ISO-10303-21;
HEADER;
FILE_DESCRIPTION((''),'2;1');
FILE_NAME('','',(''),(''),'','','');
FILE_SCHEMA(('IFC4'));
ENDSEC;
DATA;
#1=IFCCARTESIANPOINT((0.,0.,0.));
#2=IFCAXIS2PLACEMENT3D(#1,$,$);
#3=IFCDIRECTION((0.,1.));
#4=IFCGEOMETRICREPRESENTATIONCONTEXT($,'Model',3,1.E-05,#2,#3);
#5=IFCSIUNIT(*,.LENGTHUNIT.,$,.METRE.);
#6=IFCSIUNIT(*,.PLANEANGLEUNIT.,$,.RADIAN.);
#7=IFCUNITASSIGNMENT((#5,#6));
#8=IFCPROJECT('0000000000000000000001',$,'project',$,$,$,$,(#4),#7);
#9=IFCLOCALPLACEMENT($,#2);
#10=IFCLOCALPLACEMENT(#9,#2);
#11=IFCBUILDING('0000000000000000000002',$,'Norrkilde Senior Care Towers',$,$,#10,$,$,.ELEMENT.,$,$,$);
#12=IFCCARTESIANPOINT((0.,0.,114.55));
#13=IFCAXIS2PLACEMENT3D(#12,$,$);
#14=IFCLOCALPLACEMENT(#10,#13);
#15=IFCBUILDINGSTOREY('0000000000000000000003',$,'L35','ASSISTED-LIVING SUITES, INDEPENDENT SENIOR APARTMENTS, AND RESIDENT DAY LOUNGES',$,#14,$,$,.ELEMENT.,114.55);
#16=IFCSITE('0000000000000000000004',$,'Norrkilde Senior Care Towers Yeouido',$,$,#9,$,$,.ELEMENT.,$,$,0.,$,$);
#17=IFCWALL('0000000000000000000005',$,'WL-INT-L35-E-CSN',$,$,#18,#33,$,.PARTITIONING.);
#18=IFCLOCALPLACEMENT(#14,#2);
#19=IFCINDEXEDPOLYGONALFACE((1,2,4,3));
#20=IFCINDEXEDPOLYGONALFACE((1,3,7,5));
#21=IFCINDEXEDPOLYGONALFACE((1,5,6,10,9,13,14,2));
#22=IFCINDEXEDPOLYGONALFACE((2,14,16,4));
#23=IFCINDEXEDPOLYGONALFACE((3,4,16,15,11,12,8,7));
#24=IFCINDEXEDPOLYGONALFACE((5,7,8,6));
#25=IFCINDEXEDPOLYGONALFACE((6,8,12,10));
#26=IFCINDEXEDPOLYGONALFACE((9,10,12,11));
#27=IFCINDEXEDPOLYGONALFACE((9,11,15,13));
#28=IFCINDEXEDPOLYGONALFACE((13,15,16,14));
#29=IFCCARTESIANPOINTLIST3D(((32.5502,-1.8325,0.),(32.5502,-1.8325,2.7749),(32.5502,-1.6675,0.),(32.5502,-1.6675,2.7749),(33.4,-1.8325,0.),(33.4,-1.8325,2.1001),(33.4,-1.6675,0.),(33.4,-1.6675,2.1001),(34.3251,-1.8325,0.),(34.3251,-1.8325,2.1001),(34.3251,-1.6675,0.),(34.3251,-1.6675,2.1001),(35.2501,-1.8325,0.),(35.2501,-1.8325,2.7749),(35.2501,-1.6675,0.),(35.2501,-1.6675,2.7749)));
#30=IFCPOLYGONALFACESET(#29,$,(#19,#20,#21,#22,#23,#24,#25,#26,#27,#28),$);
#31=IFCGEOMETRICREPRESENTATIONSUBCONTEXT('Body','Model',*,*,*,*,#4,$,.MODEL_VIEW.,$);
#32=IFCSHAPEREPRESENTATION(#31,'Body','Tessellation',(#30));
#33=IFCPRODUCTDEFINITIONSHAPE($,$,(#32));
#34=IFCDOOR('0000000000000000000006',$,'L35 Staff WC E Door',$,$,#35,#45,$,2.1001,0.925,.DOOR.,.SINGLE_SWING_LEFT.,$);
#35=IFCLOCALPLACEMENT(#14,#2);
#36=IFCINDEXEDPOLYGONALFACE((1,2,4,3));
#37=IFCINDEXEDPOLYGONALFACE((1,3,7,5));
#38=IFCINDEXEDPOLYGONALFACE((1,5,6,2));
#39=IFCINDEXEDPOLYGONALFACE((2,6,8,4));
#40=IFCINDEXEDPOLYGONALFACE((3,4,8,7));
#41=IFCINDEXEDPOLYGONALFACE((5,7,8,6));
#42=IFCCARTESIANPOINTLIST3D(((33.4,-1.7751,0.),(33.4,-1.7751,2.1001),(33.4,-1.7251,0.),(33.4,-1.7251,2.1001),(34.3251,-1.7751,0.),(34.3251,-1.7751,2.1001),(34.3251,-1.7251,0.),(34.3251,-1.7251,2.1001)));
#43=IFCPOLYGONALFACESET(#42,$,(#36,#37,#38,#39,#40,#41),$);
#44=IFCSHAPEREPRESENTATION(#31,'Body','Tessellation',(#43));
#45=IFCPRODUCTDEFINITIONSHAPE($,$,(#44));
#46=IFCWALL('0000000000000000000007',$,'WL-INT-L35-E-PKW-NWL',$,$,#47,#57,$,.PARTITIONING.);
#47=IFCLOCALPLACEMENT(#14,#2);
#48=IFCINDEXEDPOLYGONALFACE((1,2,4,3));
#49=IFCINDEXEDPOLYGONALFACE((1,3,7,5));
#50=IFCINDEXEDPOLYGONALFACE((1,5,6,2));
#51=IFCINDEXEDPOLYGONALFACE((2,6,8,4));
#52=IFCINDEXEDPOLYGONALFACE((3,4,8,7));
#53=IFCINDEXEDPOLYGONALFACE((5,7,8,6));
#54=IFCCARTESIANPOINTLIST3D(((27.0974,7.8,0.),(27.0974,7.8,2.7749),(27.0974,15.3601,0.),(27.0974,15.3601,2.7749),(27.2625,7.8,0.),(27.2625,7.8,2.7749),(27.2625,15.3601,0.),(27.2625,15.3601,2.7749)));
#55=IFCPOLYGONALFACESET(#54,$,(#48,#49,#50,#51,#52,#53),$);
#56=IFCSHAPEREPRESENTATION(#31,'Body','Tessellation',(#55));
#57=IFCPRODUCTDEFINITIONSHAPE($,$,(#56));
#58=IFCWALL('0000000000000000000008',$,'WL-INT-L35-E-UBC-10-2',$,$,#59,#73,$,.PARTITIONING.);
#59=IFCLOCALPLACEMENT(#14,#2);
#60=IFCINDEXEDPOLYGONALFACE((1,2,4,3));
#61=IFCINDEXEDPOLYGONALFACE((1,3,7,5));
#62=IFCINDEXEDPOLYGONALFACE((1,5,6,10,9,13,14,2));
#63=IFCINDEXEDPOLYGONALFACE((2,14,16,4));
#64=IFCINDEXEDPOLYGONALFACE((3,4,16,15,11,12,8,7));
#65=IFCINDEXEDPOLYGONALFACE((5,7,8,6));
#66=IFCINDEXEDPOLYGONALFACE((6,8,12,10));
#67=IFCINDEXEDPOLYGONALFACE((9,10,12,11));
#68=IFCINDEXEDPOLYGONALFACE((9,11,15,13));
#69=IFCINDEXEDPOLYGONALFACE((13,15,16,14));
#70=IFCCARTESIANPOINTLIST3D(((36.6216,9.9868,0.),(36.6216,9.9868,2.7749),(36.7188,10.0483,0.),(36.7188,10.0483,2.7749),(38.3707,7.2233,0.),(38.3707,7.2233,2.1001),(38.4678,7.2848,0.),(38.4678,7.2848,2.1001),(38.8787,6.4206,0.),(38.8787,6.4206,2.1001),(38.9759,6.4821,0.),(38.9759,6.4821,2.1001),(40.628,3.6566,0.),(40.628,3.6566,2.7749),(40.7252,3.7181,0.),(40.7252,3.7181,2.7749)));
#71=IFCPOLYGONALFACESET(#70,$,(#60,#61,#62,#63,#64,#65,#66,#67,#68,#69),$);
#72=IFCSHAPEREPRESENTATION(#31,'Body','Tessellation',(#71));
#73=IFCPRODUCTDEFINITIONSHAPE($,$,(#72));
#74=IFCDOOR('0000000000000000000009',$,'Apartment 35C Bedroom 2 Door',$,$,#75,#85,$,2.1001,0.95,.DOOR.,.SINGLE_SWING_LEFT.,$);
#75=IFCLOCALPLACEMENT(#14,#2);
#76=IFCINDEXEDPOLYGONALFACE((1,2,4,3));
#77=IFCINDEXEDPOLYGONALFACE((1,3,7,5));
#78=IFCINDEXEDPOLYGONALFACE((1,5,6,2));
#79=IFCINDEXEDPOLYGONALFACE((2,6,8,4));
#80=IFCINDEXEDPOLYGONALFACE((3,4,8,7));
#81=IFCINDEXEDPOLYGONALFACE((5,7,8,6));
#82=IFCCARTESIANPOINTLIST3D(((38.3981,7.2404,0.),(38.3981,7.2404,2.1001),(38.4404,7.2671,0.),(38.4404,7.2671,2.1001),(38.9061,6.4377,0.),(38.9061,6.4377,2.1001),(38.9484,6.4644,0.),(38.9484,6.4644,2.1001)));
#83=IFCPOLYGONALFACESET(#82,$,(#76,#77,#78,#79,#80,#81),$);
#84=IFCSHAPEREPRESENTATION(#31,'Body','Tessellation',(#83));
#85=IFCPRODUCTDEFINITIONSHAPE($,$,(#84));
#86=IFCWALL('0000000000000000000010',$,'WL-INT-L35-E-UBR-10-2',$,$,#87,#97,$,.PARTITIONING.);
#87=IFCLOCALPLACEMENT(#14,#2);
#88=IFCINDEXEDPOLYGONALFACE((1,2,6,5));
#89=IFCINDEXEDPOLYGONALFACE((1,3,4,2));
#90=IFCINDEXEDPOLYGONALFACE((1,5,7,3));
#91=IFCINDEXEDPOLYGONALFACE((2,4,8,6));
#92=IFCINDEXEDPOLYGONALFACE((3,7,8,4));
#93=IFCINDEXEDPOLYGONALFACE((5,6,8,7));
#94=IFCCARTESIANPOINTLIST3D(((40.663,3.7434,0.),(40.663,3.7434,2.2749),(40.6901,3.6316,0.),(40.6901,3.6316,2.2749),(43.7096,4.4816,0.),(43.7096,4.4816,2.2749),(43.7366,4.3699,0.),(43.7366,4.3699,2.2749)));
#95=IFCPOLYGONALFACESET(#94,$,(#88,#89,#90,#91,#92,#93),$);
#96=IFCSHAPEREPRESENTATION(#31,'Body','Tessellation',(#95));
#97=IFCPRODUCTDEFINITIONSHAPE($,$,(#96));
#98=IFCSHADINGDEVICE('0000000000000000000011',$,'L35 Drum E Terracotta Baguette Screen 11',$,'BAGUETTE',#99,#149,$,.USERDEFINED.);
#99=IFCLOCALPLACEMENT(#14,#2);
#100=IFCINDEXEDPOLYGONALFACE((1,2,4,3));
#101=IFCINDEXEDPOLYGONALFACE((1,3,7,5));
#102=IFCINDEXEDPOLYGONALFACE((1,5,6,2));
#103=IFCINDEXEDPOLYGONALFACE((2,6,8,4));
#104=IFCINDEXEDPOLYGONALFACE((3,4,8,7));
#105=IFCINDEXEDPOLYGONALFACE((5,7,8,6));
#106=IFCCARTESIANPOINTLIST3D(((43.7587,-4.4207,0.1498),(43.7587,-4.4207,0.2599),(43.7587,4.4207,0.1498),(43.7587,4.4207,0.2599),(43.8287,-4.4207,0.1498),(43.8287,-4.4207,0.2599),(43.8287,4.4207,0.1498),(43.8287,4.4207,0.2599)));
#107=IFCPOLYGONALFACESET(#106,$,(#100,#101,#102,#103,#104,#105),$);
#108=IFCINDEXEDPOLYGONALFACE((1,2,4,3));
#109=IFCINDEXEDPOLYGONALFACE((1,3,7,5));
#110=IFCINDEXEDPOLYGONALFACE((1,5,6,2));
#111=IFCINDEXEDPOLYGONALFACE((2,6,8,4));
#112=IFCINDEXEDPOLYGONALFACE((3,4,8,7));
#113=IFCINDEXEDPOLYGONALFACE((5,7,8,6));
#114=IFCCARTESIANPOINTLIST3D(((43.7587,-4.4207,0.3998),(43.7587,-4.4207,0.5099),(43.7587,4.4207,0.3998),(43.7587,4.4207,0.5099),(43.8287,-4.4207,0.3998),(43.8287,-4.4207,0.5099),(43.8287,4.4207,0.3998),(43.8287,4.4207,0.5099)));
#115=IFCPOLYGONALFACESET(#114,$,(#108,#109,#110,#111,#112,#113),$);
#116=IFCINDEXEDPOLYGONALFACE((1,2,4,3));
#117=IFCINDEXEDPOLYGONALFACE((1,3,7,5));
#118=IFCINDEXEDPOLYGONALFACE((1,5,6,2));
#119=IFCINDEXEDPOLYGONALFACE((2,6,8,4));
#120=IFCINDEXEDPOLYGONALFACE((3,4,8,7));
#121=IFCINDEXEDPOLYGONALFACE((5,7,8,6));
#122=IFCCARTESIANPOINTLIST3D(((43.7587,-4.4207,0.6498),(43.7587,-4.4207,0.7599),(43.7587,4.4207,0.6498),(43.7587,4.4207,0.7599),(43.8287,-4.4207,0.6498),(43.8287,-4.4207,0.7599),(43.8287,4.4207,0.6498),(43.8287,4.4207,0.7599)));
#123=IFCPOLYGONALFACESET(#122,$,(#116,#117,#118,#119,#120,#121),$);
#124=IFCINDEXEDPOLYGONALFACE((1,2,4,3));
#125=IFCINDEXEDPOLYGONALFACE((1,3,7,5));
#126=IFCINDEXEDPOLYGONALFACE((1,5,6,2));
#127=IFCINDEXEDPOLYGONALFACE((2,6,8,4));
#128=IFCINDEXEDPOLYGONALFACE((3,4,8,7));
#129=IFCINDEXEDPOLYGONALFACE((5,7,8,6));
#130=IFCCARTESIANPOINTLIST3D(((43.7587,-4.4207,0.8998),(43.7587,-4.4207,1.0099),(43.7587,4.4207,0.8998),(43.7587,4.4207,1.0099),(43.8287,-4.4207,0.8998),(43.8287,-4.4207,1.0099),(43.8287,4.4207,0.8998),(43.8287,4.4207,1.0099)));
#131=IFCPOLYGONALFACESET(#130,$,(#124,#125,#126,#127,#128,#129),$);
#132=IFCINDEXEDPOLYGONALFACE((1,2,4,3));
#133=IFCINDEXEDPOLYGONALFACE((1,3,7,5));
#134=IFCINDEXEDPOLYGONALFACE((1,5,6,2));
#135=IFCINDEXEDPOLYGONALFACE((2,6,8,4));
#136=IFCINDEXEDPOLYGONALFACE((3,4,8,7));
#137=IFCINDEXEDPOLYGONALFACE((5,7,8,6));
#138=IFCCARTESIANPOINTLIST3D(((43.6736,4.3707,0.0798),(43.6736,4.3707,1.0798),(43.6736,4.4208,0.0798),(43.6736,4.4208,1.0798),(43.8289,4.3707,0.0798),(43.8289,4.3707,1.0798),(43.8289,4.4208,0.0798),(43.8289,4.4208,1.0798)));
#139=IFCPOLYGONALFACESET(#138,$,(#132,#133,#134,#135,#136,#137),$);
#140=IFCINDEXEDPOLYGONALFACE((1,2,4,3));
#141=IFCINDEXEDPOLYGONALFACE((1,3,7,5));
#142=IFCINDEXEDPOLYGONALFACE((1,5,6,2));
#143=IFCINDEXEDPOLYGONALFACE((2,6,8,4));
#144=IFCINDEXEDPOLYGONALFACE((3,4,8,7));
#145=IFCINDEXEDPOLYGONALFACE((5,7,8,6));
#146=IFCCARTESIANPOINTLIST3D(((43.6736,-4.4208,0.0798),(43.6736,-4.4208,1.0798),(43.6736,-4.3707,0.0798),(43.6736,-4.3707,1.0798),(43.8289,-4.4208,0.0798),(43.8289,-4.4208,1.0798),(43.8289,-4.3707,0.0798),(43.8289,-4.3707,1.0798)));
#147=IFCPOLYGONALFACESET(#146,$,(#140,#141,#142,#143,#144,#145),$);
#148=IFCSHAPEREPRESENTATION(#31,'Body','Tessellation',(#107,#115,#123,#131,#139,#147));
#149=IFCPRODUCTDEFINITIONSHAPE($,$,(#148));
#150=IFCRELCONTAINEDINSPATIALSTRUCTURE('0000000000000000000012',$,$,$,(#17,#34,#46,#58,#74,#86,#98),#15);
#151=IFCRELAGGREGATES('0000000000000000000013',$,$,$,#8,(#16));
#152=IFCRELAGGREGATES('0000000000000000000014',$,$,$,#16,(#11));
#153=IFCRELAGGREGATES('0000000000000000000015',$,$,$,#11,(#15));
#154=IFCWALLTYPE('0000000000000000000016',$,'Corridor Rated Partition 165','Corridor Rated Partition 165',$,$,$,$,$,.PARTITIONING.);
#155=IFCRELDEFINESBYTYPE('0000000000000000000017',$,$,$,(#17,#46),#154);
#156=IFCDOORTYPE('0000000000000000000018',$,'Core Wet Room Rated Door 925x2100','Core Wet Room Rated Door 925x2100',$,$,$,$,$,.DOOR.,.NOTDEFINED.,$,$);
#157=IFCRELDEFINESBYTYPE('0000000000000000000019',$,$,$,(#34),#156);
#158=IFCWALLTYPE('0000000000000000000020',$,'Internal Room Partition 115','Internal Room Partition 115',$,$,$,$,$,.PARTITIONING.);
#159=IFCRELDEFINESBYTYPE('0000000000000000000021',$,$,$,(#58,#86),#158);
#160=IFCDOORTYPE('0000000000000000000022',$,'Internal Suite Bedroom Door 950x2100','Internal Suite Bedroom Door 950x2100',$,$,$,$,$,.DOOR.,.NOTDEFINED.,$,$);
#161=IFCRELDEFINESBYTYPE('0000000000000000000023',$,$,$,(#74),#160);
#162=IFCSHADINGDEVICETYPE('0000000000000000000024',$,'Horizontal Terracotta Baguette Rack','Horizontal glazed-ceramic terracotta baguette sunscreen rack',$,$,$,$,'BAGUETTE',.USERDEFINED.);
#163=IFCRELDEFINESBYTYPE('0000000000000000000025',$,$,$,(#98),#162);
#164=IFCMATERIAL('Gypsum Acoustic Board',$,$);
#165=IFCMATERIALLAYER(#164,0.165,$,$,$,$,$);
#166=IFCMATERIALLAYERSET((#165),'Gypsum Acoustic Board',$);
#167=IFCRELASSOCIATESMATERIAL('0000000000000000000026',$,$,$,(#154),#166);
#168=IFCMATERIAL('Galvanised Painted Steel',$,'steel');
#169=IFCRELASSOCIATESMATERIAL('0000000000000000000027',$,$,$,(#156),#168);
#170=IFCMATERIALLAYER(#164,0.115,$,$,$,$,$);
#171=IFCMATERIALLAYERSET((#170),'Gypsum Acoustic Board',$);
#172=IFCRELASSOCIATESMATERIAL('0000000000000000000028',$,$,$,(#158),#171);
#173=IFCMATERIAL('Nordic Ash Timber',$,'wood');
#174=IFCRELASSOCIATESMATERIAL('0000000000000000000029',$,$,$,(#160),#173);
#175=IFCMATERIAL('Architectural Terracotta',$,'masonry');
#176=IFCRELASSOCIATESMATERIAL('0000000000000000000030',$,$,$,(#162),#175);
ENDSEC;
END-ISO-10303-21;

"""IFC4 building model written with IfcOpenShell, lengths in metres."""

from ifc_helpers import new_model, si_unit, direction, frame, frame_2d, origin, origin_2d, place, context, subcontext, project, spatial, rectangle, extrude, source, transform, mapped, material, layer, layer_set, type_object, type_shapes, element, fill, save


model = new_model("IFC4")

# Units and contexts
model_context = context("Model", 3, precision=1e-05, world=origin(), true_north=direction((0.0, 1.0)))
body_context = subcontext(model_context, "Body", "Model", "MODEL_VIEW")
ifc_project = project(units=[si_unit("LENGTHUNIT", "METRE"), si_unit("PLANEANGLEUNIT", "RADIAN")], contexts=[model_context])

# Site, building, storey
site_placement = place(None, origin())
site = spatial("IfcSite", under=ifc_project, at=site_placement, Name="Norrkilde Senior Care Towers Yeouido", CompositionType="ELEMENT", RefElevation=0.0)
building_placement = place(site_placement, origin())
building = spatial("IfcBuilding", under=site, at=building_placement, Name="Norrkilde Senior Care Towers", CompositionType="ELEMENT")
storey_placement = place(building_placement, frame((0.0, 0.0, 114.55)))
storey = spatial("IfcBuildingStorey", under=building, at=storey_placement, Name="L35", Description="ASSISTED-LIVING SUITES, INDEPENDENT SENIOR APARTMENTS, AND RESIDENT DAY LOUNGES", CompositionType="ELEMENT", Elevation=114.55)

# Shared definitions
ifc_material_1 = material(Name="Galvanised Painted Steel", Category="steel")

# Wall, opening, door
ifc_material_2 = material(Name="Gypsum Acoustic Board")
ifc_layer_1 = layer(ifc_material_2, 0.165)
ifc_layer_set_1 = layer_set([ifc_layer_1], Name="Gypsum Acoustic Board")
wall_type_1 = type_object("IfcWallType", Name="Corridor Rated Partition 165", Description="Corridor Rated Partition 165", PredefinedType="PARTITIONING", material=ifc_layer_set_1)
shared_shape_1 = source(origin(), body_context, "Body", "SweptSolid", [
    extrude(rectangle(XDim=2.7, YDim=0.165, at=frame_2d((1.3501, 0.0))), origin(), (0.0, 0.0, 1.0), 2.7749),
])
wall_1_placement = place(storey_placement, frame((32.55, -1.75, 0.0), z_axis=(0.0, 0.0, 1.0), x_axis=(1.0, 0.0, 0.0)))
wall_1 = element("IfcWall", 1, at=wall_1_placement, inside=storey, type_object=wall_type_1, Name="WL-INT-L35-E-CSN", PredefinedType="PARTITIONING", context=body_context, shape_type="MappedRepresentation", body=[
    mapped(shared_shape_1, transform((0.0, 0.0, 0.0), x_axis=(1.0, 0.0, 0.0), y_axis=(0.0, 1.0, 0.0), z_axis=(0.0, 0.0, 1.0), scale=1.0)),
])
opening_1_placement = place(wall_1_placement, frame((0.8501, 0.0, 0.0)))
opening_1 = element("IfcOpeningElement", 2, at=opening_1_placement, cuts=wall_1, PredefinedType="OPENING", context=body_context, shape_type="SweptSolid", body=[
    extrude(rectangle(XDim=0.925, YDim=2.1001, at=frame_2d((0.4624, 1.05))), frame((0.0, 0.0925, 0.0), z_axis=(0.0, -1.0, 0.0), x_axis=(1.0, 0.0, 0.0)), (0.0, 0.0, 1.0), 0.1851),
])
door_type_1 = type_object("IfcDoorType", Name="Core Wet Room Rated Door 925x2100", Description="Core Wet Room Rated Door 925x2100", OperationType="NOTDEFINED", PredefinedType="DOOR", material=ifc_material_1)
shared_shape_2 = source(origin(), body_context, "Body", "SweptSolid", [
    extrude(rectangle(XDim=0.925, YDim=2.1001, at=frame_2d((0.4624, 1.05))), frame((0.0, 0.0249, 0.0), z_axis=(0.0, -1.0, 0.0), x_axis=(1.0, 0.0, 0.0)), (0.0, 0.0, 1.0), 0.05),
])
type_shapes(door_type_1, [shared_shape_2])
door_1_placement = place(opening_1_placement, origin())
door_1 = element("IfcDoor", 3, at=door_1_placement, inside=storey, type_object=door_type_1, Name="L35 Staff WC E Door", OperationType="SINGLE_SWING_LEFT", OverallHeight=2.1001, OverallWidth=0.925, PredefinedType="DOOR", context=body_context, shape_type="MappedRepresentation", body=[
    mapped(shared_shape_2, transform((0.0, 0.0, 0.0), x_axis=(1.0, 0.0, 0.0), y_axis=(0.0, 1.0, 0.0), z_axis=(0.0, 0.0, 1.0), scale=1.0)),
])
fill(opening_1, door_1)

# Wall
shared_shape_3 = source(origin(), body_context, "Body", "SweptSolid", [
    extrude(rectangle(XDim=7.5601, YDim=0.165, at=frame_2d((3.78, 0.0))), origin(), (0.0, 0.0, 1.0), 2.7749),
])
type_shapes(wall_type_1, [shared_shape_1, shared_shape_3])
wall_2_placement = place(storey_placement, frame((27.1799, 7.8, 0.0), z_axis=(0.0, 0.0, 1.0), x_axis=(0.0, 1.0, 0.0)))
element("IfcWall", 4, at=wall_2_placement, inside=storey, type_object=wall_type_1, Name="WL-INT-L35-E-PKW-NWL", PredefinedType="PARTITIONING", context=body_context, shape_type="MappedRepresentation", body=[
    mapped(shared_shape_3, transform((0.0, 0.0, 0.0), x_axis=(1.0, 0.0, 0.0), y_axis=(0.0, 1.0, 0.0), z_axis=(0.0, 0.0, 1.0), scale=1.0)),
])

# Wall, opening, door
ifc_layer_2 = layer(ifc_material_2, 0.115)
ifc_layer_set_2 = layer_set([ifc_layer_2], Name="Gypsum Acoustic Board")
wall_type_2 = type_object("IfcWallType", Name="Internal Room Partition 115", Description="Internal Room Partition 115", PredefinedType="PARTITIONING", material=ifc_layer_set_2)
shared_shape_4 = source(origin(), body_context, "Body", "SweptSolid", [
    extrude(rectangle(XDim=7.4915, YDim=0.115, at=frame_2d((3.7456, 0.0))), origin(), (0.0, 0.0, 1.0), 2.7749),
])
wall_3_placement = place(storey_placement, frame((40.6765, 3.6875, 0.0), z_axis=(0.0, 0.0, 1.0), x_axis=(-0.534795, 0.844982, 0.0)))
wall_3 = element("IfcWall", 5, at=wall_3_placement, inside=storey, type_object=wall_type_2, Name="WL-INT-L35-E-UBC-10-2", PredefinedType="PARTITIONING", context=body_context, shape_type="MappedRepresentation", body=[
    mapped(shared_shape_4, transform((0.0, 0.0, 0.0), x_axis=(1.0, 0.0, 0.0), y_axis=(0.0, 1.0, 0.0), z_axis=(0.0, 0.0, 1.0), scale=1.0)),
])
opening_2_placement = place(wall_3_placement, frame((3.2708, 0.0, 0.0)))
opening_2 = element("IfcOpeningElement", 6, at=opening_2_placement, cuts=wall_3, PredefinedType="OPENING", context=body_context, shape_type="SweptSolid", body=[
    extrude(rectangle(XDim=0.95, YDim=2.1001, at=frame_2d((0.4751, 1.05))), frame((0.0, 0.0674, 0.0), z_axis=(0.0, -1.0, 0.0), x_axis=(1.0, 0.0, 0.0)), (0.0, 0.0, 1.0), 0.135),
])
ifc_material_3 = material(Name="Nordic Ash Timber", Category="wood")
door_type_2 = type_object("IfcDoorType", Name="Internal Suite Bedroom Door 950x2100", Description="Internal Suite Bedroom Door 950x2100", OperationType="NOTDEFINED", PredefinedType="DOOR", material=ifc_material_3)
shared_shape_5 = source(origin(), body_context, "Body", "SweptSolid", [
    extrude(rectangle(XDim=0.95, YDim=2.1001, at=frame_2d((0.4751, 1.05))), frame((0.0, 0.0249, 0.0), z_axis=(0.0, -1.0, 0.0), x_axis=(1.0, 0.0, 0.0)), (0.0, 0.0, 1.0), 0.05),
])
type_shapes(door_type_2, [shared_shape_5])
door_2_placement = place(opening_2_placement, frame((0.95, 0.0, 0.0), z_axis=(0.0, 0.0, 1.0), x_axis=(-1.0, 0.0, 0.0)))
door_2 = element("IfcDoor", 7, at=door_2_placement, inside=storey, type_object=door_type_2, Name="Apartment 35C Bedroom 2 Door", OperationType="SINGLE_SWING_LEFT", OverallHeight=2.1001, OverallWidth=0.95, PredefinedType="DOOR", context=body_context, shape_type="MappedRepresentation", body=[
    mapped(shared_shape_5, transform((0.0, 0.0, 0.0), x_axis=(1.0, 0.0, 0.0), y_axis=(0.0, 1.0, 0.0), z_axis=(0.0, 0.0, 1.0), scale=1.0)),
])
fill(opening_2, door_2)

# Wall
shared_shape_6 = source(origin(), body_context, "Body", "SweptSolid", [
    extrude(rectangle(XDim=3.1348, YDim=0.115, at=frame_2d((1.5674, 0.0))), origin(), (0.0, 0.0, 1.0), 2.2749),
])
type_shapes(wall_type_2, [shared_shape_4, shared_shape_6])
wall_4_placement = place(storey_placement, frame((40.6765, 3.6875, 0.0), z_axis=(0.0, 0.0, 1.0), x_axis=(0.971872, 0.235511, 0.0)))
element("IfcWall", 8, at=wall_4_placement, inside=storey, type_object=wall_type_2, Name="WL-INT-L35-E-UBR-10-2", PredefinedType="PARTITIONING", context=body_context, shape_type="MappedRepresentation", body=[
    mapped(shared_shape_6, transform((0.0, 0.0, 0.0), x_axis=(1.0, 0.0, 0.0), y_axis=(0.0, 1.0, 0.0), z_axis=(0.0, 0.0, 1.0), scale=1.0)),
])

# Shading device
ifc_material_4 = material(Name="Architectural Terracotta", Category="masonry")
shading_device_type = type_object("IfcShadingDeviceType", Name="Horizontal Terracotta Baguette Rack", Description="Horizontal glazed-ceramic terracotta baguette sunscreen rack", ElementType="BAGUETTE", PredefinedType="USERDEFINED", material=ifc_material_4)
shared_shape_7 = source(origin(), body_context, "Body", "SweptSolid", [
    extrude(rectangle(XDim=0.0701, YDim=0.1101, at=origin_2d()), frame((0.0, 0.0901, 0.125), z_axis=(1.0, 0.0, 0.0), x_axis=(0.0, 1.0, 0.0)), (0.0, 0.0, 1.0), 8.8413),
    extrude(rectangle(XDim=0.0701, YDim=0.1101, at=origin_2d()), frame((0.0, 0.0901, 0.375), z_axis=(1.0, 0.0, 0.0), x_axis=(0.0, 1.0, 0.0)), (0.0, 0.0, 1.0), 8.8413),
    extrude(rectangle(XDim=0.0701, YDim=0.1101, at=origin_2d()), frame((0.0, 0.0901, 0.625), z_axis=(1.0, 0.0, 0.0), x_axis=(0.0, 1.0, 0.0)), (0.0, 0.0, 1.0), 8.8413),
    extrude(rectangle(XDim=0.0701, YDim=0.1101, at=origin_2d()), frame((0.0, 0.0901, 0.875), z_axis=(1.0, 0.0, 0.0), x_axis=(0.0, 1.0, 0.0)), (0.0, 0.0, 1.0), 8.8413),
    extrude(rectangle(XDim=0.05, YDim=0.1553, at=origin_2d()), frame((0.0249, 0.0476, 0.0)), (0.0, 0.0, 1.0), 1.0),
    extrude(rectangle(XDim=0.05, YDim=0.1553, at=origin_2d()), frame((8.8164, 0.0476, 0.0)), (0.0, 0.0, 1.0), 1.0),
])
type_shapes(shading_device_type, [shared_shape_7])
shading_device_placement = place(storey_placement, frame((43.7036, 4.4207, 0.0798), z_axis=(0.0, 0.0, 1.0), x_axis=(0.0, -1.0, 0.0)))
element("IfcShadingDevice", 9, at=shading_device_placement, inside=storey, type_object=shading_device_type, Name="L35 Drum E Terracotta Baguette Screen 11", ObjectType="BAGUETTE", PredefinedType="USERDEFINED", context=body_context, shape_type="MappedRepresentation", body=[
    mapped(shared_shape_7, transform((0.0, 0.0, 0.0), x_axis=(1.0, 0.0, 0.0), y_axis=(0.0, 1.0, 0.0), z_axis=(0.0, 0.0, 1.0), scale=1.0)),
])

save(model, "model.ifc")
